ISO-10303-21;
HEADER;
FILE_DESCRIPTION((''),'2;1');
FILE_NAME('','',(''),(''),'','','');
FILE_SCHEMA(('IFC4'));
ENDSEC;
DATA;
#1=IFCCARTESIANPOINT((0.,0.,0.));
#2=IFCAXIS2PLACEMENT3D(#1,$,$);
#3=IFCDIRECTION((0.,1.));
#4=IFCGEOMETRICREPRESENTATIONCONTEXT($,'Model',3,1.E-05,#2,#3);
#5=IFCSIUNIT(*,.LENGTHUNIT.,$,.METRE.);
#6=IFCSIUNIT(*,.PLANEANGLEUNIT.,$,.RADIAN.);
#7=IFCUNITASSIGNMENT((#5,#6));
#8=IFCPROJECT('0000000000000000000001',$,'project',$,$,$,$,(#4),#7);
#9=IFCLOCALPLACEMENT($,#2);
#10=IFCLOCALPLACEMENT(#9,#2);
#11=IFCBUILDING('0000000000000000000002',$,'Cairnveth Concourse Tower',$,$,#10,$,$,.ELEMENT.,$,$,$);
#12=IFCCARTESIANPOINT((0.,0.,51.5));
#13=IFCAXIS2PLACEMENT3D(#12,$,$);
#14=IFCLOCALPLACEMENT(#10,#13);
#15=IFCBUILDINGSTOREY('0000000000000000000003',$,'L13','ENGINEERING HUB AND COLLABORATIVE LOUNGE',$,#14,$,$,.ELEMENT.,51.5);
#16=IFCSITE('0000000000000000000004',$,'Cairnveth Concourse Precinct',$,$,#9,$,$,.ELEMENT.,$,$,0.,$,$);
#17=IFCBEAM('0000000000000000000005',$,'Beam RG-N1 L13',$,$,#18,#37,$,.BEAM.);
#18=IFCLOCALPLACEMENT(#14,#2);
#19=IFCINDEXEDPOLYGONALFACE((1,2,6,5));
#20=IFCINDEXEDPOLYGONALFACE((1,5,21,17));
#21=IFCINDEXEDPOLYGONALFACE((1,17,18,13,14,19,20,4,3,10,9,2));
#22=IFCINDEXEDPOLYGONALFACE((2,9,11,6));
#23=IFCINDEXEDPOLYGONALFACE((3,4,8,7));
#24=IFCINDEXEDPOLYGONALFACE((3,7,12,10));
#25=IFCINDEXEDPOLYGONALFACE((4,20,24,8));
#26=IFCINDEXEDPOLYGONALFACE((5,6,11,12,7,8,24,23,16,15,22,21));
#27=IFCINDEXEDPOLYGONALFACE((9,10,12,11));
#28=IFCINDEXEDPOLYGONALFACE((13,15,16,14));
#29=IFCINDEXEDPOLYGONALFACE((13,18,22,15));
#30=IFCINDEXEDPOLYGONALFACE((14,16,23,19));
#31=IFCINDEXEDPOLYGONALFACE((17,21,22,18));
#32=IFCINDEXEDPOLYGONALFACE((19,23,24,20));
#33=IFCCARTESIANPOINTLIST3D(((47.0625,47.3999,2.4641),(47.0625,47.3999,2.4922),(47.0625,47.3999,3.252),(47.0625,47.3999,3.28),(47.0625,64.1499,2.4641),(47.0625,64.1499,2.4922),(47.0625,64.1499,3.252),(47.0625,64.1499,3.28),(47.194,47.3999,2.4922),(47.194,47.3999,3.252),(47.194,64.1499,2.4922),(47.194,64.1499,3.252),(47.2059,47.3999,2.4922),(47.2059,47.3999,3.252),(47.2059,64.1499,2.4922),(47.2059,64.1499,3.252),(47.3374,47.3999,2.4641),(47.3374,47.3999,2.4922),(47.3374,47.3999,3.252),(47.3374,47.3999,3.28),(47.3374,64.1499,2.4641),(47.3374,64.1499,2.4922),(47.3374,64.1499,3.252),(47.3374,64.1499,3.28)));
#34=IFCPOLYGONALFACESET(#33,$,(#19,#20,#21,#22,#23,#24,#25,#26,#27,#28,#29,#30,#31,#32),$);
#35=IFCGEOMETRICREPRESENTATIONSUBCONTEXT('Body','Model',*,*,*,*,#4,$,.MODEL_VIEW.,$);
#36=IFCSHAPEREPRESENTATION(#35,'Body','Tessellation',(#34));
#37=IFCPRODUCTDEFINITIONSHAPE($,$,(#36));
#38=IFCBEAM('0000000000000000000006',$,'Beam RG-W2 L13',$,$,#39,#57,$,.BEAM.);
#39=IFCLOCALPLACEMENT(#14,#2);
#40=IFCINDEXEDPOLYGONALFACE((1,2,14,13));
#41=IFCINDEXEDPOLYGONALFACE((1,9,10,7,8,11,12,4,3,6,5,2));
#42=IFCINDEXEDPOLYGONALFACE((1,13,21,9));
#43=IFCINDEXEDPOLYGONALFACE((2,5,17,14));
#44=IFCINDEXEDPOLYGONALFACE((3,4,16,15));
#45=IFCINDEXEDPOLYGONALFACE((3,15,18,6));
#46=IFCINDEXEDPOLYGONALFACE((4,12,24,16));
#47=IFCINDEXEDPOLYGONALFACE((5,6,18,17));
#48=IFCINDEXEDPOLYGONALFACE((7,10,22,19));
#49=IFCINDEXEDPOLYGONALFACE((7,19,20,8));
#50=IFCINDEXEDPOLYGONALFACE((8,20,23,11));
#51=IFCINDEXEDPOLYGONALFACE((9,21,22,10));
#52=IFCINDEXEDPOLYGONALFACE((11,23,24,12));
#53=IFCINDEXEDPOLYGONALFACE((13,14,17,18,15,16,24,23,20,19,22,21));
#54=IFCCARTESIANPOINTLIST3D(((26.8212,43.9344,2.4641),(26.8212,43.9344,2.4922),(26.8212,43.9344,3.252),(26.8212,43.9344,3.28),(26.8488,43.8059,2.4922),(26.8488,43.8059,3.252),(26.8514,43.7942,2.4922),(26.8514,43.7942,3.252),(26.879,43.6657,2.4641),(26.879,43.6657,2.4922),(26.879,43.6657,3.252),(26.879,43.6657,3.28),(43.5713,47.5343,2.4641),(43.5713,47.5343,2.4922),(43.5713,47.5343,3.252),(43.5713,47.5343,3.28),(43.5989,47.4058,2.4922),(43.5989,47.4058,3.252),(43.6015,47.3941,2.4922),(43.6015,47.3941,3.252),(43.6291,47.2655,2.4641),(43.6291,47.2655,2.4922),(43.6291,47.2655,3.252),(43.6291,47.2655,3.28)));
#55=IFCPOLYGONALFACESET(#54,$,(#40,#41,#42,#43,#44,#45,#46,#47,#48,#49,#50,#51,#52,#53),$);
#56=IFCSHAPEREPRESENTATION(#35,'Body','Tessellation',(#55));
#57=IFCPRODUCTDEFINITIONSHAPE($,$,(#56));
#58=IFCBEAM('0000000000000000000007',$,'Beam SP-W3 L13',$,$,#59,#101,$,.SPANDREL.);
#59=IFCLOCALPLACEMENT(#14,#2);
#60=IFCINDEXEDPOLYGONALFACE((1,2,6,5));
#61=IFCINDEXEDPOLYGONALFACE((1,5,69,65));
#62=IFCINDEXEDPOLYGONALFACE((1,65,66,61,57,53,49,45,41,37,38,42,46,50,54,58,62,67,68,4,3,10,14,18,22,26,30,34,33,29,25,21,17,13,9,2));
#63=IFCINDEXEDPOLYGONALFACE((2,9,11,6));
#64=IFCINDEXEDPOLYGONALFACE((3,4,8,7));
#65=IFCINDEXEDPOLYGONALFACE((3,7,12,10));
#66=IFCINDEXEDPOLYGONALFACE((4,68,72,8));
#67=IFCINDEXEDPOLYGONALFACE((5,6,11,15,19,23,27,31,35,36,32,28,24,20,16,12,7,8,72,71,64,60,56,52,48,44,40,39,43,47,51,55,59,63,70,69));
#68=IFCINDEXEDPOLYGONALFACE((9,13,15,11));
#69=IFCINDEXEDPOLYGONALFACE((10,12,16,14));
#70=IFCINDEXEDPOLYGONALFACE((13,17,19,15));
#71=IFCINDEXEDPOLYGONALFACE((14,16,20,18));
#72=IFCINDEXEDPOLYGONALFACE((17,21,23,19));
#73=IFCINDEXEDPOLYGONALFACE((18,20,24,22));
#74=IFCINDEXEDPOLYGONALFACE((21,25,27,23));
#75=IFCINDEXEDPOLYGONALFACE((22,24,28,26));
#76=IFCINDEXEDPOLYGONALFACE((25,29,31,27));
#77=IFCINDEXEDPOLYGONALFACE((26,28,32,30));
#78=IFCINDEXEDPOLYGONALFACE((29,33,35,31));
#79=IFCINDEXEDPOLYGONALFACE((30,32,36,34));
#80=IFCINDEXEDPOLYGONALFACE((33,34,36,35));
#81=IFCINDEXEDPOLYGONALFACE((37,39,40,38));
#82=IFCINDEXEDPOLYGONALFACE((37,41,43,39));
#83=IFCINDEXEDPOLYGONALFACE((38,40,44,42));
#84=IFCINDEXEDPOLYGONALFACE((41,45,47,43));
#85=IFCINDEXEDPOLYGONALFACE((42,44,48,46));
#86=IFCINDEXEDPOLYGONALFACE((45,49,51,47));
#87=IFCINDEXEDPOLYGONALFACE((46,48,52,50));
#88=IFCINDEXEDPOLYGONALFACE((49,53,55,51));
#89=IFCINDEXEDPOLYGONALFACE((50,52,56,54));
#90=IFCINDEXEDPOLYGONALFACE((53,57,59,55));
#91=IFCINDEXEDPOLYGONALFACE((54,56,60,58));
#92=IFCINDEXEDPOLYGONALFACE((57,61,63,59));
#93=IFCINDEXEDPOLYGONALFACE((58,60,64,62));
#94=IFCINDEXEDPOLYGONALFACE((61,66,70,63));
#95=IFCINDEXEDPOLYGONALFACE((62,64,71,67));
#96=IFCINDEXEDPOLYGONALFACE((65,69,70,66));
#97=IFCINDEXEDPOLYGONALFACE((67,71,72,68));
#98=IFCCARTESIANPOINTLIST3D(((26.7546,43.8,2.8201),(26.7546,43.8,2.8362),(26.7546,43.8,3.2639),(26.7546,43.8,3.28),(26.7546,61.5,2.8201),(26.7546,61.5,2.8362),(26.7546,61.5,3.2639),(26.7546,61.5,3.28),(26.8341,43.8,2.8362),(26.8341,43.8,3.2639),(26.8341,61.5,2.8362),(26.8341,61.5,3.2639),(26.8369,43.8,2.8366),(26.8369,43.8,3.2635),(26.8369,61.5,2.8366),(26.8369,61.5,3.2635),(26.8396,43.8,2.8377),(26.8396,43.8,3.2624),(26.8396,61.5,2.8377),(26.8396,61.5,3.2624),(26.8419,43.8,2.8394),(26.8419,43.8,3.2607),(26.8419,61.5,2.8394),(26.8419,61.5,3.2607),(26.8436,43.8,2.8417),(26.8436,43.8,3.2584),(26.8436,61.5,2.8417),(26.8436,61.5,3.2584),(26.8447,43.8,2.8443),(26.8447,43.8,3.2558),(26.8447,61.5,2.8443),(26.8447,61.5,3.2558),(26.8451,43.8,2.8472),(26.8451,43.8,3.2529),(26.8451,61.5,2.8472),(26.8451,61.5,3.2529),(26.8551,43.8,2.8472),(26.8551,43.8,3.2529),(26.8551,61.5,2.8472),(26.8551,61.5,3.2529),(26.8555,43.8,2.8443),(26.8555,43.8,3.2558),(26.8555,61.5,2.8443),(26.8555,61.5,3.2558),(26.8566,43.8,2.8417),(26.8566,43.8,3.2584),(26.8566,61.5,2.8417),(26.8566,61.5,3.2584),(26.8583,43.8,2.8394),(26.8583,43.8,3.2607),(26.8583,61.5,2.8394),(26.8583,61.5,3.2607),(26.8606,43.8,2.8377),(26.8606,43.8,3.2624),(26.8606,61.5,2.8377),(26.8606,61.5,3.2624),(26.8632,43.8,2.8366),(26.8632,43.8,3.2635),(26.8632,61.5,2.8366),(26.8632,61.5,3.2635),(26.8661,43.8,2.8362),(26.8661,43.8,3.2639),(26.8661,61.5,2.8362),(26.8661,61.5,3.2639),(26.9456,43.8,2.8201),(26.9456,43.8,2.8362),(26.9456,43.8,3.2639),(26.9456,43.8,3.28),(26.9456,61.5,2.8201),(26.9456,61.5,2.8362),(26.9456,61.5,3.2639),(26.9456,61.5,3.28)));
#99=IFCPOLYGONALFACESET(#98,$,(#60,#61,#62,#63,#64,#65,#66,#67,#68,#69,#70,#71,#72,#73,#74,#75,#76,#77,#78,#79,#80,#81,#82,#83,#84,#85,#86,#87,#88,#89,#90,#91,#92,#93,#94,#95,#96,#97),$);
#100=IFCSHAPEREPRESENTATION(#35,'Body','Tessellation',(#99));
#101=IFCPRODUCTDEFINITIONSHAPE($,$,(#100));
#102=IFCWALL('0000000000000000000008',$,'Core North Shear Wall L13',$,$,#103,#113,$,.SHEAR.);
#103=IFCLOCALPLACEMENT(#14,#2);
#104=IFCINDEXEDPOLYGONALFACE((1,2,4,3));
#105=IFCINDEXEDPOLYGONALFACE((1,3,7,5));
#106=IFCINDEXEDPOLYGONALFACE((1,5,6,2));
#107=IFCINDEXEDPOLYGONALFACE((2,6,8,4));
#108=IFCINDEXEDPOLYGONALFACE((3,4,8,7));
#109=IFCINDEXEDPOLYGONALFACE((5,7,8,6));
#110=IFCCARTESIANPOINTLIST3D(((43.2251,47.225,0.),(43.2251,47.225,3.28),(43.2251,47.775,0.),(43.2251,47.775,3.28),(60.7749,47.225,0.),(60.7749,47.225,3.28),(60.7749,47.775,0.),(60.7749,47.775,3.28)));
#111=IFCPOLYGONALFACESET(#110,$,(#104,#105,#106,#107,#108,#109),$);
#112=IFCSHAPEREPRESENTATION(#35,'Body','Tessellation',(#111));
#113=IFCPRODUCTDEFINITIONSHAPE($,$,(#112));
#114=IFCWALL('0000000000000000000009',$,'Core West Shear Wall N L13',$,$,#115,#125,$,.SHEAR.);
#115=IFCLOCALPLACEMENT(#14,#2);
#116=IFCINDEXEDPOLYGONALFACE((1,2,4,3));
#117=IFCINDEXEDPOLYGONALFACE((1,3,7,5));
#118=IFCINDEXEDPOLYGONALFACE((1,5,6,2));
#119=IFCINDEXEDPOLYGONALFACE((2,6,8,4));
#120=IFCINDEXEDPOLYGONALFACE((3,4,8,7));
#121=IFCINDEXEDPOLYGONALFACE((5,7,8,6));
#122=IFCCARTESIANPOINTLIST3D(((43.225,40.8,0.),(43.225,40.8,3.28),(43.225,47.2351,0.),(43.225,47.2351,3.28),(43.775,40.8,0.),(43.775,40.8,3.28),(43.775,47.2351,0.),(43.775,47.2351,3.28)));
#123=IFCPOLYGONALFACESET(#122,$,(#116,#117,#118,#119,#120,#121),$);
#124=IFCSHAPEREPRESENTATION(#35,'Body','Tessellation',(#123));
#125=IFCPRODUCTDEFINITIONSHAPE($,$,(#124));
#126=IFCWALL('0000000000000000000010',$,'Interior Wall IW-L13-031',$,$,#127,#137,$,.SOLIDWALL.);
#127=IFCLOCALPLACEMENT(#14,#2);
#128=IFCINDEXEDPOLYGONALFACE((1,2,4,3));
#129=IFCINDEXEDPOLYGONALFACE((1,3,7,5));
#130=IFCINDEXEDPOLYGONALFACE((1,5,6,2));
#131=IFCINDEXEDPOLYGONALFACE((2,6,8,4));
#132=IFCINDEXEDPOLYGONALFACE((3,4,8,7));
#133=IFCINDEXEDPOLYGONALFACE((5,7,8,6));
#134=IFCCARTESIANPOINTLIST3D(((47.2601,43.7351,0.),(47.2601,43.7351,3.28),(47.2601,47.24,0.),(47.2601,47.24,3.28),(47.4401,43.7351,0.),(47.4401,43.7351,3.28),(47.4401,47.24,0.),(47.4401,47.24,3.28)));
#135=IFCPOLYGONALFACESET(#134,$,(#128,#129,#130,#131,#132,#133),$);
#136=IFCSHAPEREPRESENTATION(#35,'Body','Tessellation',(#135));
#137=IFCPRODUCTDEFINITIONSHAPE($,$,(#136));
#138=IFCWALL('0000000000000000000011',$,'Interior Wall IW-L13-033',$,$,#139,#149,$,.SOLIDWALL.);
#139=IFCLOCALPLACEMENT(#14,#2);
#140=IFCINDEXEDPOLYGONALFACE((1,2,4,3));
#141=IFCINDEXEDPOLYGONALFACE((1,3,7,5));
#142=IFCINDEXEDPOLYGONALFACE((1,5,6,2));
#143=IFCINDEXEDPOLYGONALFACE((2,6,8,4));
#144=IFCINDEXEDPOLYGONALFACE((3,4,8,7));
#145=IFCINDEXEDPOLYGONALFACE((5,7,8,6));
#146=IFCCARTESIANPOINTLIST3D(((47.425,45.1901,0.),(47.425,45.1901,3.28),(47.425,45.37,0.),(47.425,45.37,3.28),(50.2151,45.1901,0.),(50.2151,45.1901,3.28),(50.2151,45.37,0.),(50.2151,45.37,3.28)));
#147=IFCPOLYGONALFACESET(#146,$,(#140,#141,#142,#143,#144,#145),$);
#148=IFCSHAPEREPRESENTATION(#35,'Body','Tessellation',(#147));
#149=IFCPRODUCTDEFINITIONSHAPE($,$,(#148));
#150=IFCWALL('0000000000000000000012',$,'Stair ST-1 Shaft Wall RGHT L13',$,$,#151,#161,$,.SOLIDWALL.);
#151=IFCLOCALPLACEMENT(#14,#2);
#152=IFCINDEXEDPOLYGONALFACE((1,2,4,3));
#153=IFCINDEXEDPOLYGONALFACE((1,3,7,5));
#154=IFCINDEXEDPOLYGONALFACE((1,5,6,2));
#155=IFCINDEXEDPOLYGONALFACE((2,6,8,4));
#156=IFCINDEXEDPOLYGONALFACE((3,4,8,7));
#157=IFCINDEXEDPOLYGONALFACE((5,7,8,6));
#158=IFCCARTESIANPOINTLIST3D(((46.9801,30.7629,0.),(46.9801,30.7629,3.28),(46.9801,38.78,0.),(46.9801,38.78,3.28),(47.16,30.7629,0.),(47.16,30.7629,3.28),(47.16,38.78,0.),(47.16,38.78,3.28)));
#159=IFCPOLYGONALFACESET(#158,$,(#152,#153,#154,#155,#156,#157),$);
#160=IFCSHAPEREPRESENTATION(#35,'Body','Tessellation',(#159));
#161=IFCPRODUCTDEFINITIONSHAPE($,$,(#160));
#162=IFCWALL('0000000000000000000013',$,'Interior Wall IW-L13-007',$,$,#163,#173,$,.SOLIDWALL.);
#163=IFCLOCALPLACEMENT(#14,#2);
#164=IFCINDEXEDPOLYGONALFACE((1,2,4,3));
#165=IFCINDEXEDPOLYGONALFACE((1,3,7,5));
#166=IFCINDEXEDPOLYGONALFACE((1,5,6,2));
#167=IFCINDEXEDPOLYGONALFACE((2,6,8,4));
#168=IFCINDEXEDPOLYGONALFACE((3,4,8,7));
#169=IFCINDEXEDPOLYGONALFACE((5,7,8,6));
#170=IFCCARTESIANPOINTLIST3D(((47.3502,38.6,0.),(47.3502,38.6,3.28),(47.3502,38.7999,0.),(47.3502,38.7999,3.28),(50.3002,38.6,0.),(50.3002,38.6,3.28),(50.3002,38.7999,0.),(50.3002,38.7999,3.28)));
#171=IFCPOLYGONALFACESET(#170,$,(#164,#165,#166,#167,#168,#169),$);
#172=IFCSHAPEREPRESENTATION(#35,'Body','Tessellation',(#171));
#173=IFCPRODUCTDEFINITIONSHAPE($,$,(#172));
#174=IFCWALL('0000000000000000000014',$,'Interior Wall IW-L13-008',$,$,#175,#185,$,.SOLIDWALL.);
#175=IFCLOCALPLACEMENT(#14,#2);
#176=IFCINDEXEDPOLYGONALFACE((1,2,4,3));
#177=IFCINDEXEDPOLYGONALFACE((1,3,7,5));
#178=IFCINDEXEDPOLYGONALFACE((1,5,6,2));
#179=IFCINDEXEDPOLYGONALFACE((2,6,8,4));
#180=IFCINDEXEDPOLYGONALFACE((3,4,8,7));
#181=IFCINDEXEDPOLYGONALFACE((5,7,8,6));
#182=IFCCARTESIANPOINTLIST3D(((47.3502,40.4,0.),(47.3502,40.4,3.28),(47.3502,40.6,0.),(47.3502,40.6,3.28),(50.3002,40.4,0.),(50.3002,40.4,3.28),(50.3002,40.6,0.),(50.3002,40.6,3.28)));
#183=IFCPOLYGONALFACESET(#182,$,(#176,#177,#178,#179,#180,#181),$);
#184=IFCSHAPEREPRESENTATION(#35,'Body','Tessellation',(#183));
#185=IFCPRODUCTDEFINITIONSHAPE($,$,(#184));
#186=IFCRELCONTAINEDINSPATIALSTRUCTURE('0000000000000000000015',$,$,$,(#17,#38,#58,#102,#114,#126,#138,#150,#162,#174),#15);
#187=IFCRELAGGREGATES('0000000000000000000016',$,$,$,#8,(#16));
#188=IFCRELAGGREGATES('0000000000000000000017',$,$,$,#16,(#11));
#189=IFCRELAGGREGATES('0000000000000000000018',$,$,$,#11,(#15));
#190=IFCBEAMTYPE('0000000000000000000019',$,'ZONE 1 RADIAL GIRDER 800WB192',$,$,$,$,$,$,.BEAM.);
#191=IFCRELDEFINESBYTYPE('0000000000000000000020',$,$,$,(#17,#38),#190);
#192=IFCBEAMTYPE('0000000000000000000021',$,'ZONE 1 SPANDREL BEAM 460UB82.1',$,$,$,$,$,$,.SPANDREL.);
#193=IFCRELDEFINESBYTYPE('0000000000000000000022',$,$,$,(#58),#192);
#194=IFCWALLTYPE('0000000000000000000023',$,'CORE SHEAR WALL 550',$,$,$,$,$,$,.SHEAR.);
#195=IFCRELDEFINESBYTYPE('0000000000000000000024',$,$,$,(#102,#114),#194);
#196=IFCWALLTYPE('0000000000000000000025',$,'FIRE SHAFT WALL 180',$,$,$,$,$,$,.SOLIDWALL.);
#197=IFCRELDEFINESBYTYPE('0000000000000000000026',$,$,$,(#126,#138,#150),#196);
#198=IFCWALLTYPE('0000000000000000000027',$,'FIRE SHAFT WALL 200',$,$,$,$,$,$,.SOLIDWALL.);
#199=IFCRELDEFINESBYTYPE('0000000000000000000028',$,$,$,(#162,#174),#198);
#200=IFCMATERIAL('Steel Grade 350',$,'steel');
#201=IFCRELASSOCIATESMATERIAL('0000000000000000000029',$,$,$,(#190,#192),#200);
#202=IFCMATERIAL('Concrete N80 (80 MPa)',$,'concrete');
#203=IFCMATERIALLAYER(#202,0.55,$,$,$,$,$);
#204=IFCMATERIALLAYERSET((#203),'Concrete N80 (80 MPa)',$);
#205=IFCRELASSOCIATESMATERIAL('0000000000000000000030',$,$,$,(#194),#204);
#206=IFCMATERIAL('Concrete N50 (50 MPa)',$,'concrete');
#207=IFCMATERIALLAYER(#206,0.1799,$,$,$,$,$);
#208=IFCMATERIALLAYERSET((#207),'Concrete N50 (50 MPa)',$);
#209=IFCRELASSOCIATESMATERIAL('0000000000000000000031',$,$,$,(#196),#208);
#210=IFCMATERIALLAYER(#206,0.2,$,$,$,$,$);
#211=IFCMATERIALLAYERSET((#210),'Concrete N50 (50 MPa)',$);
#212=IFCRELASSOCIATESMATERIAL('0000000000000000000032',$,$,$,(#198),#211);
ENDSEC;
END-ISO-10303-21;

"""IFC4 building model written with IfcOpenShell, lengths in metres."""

from ifc_helpers import new_model, si_unit, direction, frame, frame_2d, origin, origin_2d, place, context, subcontext, project, spatial, rectangle, i_section, extrude, material, layer, layer_set, material_profile, profile_set, type_object, element, save


model = new_model("IFC4")

# Units and contexts
model_context = context("Model", 3, precision=1e-05, world=origin(), true_north=direction((0.0, 1.0)))
body_context = subcontext(model_context, "Body", "Model", "MODEL_VIEW")
ifc_project = project(units=[si_unit("LENGTHUNIT", "METRE"), si_unit("PLANEANGLEUNIT", "RADIAN")], contexts=[model_context])

# Site, building, storey
site_placement = place(None, origin())
site = spatial("IfcSite", under=ifc_project, at=site_placement, Name="Cairnveth Concourse Precinct", CompositionType="ELEMENT", RefElevation=0.0)
building_placement = place(site_placement, origin())
building = spatial("IfcBuilding", under=site, at=building_placement, Name="Cairnveth Concourse Tower", CompositionType="ELEMENT")
storey_placement = place(building_placement, frame((0.0, 0.0, 51.5)))
storey = spatial("IfcBuildingStorey", under=building, at=storey_placement, Name="L13", Description="ENGINEERING HUB AND COLLABORATIVE LOUNGE", CompositionType="ELEMENT", Elevation=51.5)

# Shared definitions
ifc_material_1 = material(Name="Concrete N80 (80 MPa)", Category="concrete")

# Beams
ifc_material_2 = material(Name="Steel Grade 350", Category="steel")
ifc_material_profile_1 = material_profile(ifc_material_2, i_section(OverallWidth=0.2749, OverallDepth=0.8159, WebThickness=0.012, FlangeThickness=0.0281, at=origin_2d()), Name="800WB192")
ifc_profile_set_1 = profile_set([ifc_material_profile_1], Name="Steel Grade 350")
beam_type_1 = type_object("IfcBeamType", Name="ZONE 1 RADIAL GIRDER 800WB192", PredefinedType="BEAM", material=ifc_profile_set_1)
beam_1_placement = place(storey_placement, frame((47.2, 47.3999, 2.8721), z_axis=(0.0, 1.0, 0.0), x_axis=(-1.0, 0.0, 0.0)))
element("IfcBeam", 1, at=beam_1_placement, inside=storey, type_object=beam_type_1, Name="Beam RG-N1 L13", PredefinedType="BEAM", context=body_context, shape_type="SweptSolid", body=[
    extrude(i_section(OverallWidth=0.2749, OverallDepth=0.8159, WebThickness=0.012, FlangeThickness=0.0281, at=origin_2d()), origin(), (0.0, 0.0, 1.0), 16.75),
])
beam_2_placement = place(storey_placement, frame((26.8501, 43.8, 2.8721), z_axis=(0.977676, 0.210119, 0.0), x_axis=(-0.210119, 0.977676, 0.0)))
element("IfcBeam", 2, at=beam_2_placement, inside=storey, type_object=beam_type_1, Name="Beam RG-W2 L13", PredefinedType="BEAM", context=body_context, shape_type="SweptSolid", body=[
    extrude(i_section(OverallWidth=0.2749, OverallDepth=0.8159, WebThickness=0.012, FlangeThickness=0.0281, at=origin_2d()), origin(), (0.0, 0.0, 1.0), 17.1326),
])
ifc_material_profile_2 = material_profile(ifc_material_2, i_section(OverallWidth=0.1909, OverallDepth=0.46, WebThickness=0.01, FlangeThickness=0.0161, FilletRadius=0.011, at=origin_2d()), Name="460UB82.1")
ifc_profile_set_2 = profile_set([ifc_material_profile_2], Name="Steel Grade 350")
beam_type_2 = type_object("IfcBeamType", Name="ZONE 1 SPANDREL BEAM 460UB82.1", PredefinedType="SPANDREL", material=ifc_profile_set_2)
beam_3_placement = place(storey_placement, frame((26.8501, 43.8, 3.05), z_axis=(0.0, 1.0, 0.0), x_axis=(-1.0, 0.0, 0.0)))
element("IfcBeam", 3, at=beam_3_placement, inside=storey, type_object=beam_type_2, Name="Beam SP-W3 L13", PredefinedType="SPANDREL", context=body_context, shape_type="SweptSolid", body=[
    extrude(i_section(OverallWidth=0.1909, OverallDepth=0.46, WebThickness=0.01, FlangeThickness=0.0161, FilletRadius=0.011, at=origin_2d()), origin(), (0.0, 0.0, 1.0), 17.7),
])

# Walls
ifc_layer_1 = layer(ifc_material_1, 0.55)
ifc_layer_set_1 = layer_set([ifc_layer_1], Name="Concrete N80 (80 MPa)")
wall_type_1 = type_object("IfcWallType", Name="CORE SHEAR WALL 550", PredefinedType="SHEAR", material=ifc_layer_set_1)
wall_1_placement = place(storey_placement, frame((43.2251, 47.5, 0.0), z_axis=(0.0, 0.0, 1.0), x_axis=(1.0, 0.0, 0.0)))
element("IfcWall", 4, at=wall_1_placement, inside=storey, type_object=wall_type_1, Name="Core North Shear Wall L13", PredefinedType="SHEAR", context=body_context, shape_type="SweptSolid", body=[
    extrude(rectangle(XDim=17.5498, YDim=0.55, at=frame_2d((8.7749, 0.0))), origin(), (0.0, 0.0, 1.0), 3.28),
])
wall_2_placement = place(storey_placement, frame((43.5, 40.8, 0.0), z_axis=(0.0, 0.0, 1.0), x_axis=(0.0, 1.0, 0.0)))
element("IfcWall", 5, at=wall_2_placement, inside=storey, type_object=wall_type_1, Name="Core West Shear Wall N L13", PredefinedType="SHEAR", context=body_context, shape_type="SweptSolid", body=[
    extrude(rectangle(XDim=6.4351, YDim=0.55, at=frame_2d((3.2175, 0.0))), origin(), (0.0, 0.0, 1.0), 3.28),
])
ifc_material_3 = material(Name="Concrete N50 (50 MPa)", Category="concrete")
ifc_layer_2 = layer(ifc_material_3, 0.1799)
ifc_layer_set_2 = layer_set([ifc_layer_2], Name="Concrete N50 (50 MPa)")
wall_type_2 = type_object("IfcWallType", Name="FIRE SHAFT WALL 180", PredefinedType="SOLIDWALL", material=ifc_layer_set_2)
wall_3_placement = place(storey_placement, frame((47.3501, 43.7351, 0.0), z_axis=(0.0, 0.0, 1.0), x_axis=(0.0, 1.0, 0.0)))
element("IfcWall", 6, at=wall_3_placement, inside=storey, type_object=wall_type_2, Name="Interior Wall IW-L13-031", PredefinedType="SOLIDWALL", context=body_context, shape_type="SweptSolid", body=[
    extrude(rectangle(XDim=3.5049, YDim=0.1799, at=frame_2d((1.7524, 0.0))), origin(), (0.0, 0.0, 1.0), 3.28),
])
wall_4_placement = place(storey_placement, frame((47.425, 45.28, 0.0), z_axis=(0.0, 0.0, 1.0), x_axis=(1.0, 0.0, 0.0)))
element("IfcWall", 7, at=wall_4_placement, inside=storey, type_object=wall_type_2, Name="Interior Wall IW-L13-033", PredefinedType="SOLIDWALL", context=body_context, shape_type="SweptSolid", body=[
    extrude(rectangle(XDim=2.79, YDim=0.1799, at=frame_2d((1.395, 0.0))), origin(), (0.0, 0.0, 1.0), 3.28),
])

# Walls
wall_5_placement = place(storey_placement, frame((47.0701, 38.78, 0.0), z_axis=(0.0, 0.0, 1.0), x_axis=(0.0, -1.0, 0.0)))
element("IfcWall", 8, at=wall_5_placement, inside=storey, type_object=wall_type_2, Name="Stair ST-1 Shaft Wall RGHT L13", PredefinedType="SOLIDWALL", context=body_context, shape_type="SweptSolid", body=[
    extrude(rectangle(XDim=8.0171, YDim=0.1799, at=frame_2d((4.0085, 0.0))), origin(), (0.0, 0.0, 1.0), 3.28),
])
ifc_layer_3 = layer(ifc_material_3, 0.2)
ifc_layer_set_3 = layer_set([ifc_layer_3], Name="Concrete N50 (50 MPa)")
wall_type_3 = type_object("IfcWallType", Name="FIRE SHAFT WALL 200", PredefinedType="SOLIDWALL", material=ifc_layer_set_3)
for number, where, z_axis, x_axis, name in (
    (9, (47.3501, 38.7, 0.0), (0.0, 0.0, 1.0), (1.0, 0.0, 0.0), "Interior Wall IW-L13-007"),
    (10, (47.3501, 40.5, 0.0), (0.0, 0.0, 1.0), (1.0, 0.0, 0.0), "Interior Wall IW-L13-008"),
):
    element("IfcWall", number, at=place(storey_placement, frame(where, z_axis=z_axis, x_axis=x_axis)), inside=storey, type_object=wall_type_3, Name=name, PredefinedType="SOLIDWALL", context=body_context, shape_type="SweptSolid", body=[
        extrude(rectangle(XDim=2.95, YDim=0.2, at=frame_2d((1.4751, 0.0))), origin(), (0.0, 0.0, 1.0), 3.28),
    ])

save(model, "model.ifc")
